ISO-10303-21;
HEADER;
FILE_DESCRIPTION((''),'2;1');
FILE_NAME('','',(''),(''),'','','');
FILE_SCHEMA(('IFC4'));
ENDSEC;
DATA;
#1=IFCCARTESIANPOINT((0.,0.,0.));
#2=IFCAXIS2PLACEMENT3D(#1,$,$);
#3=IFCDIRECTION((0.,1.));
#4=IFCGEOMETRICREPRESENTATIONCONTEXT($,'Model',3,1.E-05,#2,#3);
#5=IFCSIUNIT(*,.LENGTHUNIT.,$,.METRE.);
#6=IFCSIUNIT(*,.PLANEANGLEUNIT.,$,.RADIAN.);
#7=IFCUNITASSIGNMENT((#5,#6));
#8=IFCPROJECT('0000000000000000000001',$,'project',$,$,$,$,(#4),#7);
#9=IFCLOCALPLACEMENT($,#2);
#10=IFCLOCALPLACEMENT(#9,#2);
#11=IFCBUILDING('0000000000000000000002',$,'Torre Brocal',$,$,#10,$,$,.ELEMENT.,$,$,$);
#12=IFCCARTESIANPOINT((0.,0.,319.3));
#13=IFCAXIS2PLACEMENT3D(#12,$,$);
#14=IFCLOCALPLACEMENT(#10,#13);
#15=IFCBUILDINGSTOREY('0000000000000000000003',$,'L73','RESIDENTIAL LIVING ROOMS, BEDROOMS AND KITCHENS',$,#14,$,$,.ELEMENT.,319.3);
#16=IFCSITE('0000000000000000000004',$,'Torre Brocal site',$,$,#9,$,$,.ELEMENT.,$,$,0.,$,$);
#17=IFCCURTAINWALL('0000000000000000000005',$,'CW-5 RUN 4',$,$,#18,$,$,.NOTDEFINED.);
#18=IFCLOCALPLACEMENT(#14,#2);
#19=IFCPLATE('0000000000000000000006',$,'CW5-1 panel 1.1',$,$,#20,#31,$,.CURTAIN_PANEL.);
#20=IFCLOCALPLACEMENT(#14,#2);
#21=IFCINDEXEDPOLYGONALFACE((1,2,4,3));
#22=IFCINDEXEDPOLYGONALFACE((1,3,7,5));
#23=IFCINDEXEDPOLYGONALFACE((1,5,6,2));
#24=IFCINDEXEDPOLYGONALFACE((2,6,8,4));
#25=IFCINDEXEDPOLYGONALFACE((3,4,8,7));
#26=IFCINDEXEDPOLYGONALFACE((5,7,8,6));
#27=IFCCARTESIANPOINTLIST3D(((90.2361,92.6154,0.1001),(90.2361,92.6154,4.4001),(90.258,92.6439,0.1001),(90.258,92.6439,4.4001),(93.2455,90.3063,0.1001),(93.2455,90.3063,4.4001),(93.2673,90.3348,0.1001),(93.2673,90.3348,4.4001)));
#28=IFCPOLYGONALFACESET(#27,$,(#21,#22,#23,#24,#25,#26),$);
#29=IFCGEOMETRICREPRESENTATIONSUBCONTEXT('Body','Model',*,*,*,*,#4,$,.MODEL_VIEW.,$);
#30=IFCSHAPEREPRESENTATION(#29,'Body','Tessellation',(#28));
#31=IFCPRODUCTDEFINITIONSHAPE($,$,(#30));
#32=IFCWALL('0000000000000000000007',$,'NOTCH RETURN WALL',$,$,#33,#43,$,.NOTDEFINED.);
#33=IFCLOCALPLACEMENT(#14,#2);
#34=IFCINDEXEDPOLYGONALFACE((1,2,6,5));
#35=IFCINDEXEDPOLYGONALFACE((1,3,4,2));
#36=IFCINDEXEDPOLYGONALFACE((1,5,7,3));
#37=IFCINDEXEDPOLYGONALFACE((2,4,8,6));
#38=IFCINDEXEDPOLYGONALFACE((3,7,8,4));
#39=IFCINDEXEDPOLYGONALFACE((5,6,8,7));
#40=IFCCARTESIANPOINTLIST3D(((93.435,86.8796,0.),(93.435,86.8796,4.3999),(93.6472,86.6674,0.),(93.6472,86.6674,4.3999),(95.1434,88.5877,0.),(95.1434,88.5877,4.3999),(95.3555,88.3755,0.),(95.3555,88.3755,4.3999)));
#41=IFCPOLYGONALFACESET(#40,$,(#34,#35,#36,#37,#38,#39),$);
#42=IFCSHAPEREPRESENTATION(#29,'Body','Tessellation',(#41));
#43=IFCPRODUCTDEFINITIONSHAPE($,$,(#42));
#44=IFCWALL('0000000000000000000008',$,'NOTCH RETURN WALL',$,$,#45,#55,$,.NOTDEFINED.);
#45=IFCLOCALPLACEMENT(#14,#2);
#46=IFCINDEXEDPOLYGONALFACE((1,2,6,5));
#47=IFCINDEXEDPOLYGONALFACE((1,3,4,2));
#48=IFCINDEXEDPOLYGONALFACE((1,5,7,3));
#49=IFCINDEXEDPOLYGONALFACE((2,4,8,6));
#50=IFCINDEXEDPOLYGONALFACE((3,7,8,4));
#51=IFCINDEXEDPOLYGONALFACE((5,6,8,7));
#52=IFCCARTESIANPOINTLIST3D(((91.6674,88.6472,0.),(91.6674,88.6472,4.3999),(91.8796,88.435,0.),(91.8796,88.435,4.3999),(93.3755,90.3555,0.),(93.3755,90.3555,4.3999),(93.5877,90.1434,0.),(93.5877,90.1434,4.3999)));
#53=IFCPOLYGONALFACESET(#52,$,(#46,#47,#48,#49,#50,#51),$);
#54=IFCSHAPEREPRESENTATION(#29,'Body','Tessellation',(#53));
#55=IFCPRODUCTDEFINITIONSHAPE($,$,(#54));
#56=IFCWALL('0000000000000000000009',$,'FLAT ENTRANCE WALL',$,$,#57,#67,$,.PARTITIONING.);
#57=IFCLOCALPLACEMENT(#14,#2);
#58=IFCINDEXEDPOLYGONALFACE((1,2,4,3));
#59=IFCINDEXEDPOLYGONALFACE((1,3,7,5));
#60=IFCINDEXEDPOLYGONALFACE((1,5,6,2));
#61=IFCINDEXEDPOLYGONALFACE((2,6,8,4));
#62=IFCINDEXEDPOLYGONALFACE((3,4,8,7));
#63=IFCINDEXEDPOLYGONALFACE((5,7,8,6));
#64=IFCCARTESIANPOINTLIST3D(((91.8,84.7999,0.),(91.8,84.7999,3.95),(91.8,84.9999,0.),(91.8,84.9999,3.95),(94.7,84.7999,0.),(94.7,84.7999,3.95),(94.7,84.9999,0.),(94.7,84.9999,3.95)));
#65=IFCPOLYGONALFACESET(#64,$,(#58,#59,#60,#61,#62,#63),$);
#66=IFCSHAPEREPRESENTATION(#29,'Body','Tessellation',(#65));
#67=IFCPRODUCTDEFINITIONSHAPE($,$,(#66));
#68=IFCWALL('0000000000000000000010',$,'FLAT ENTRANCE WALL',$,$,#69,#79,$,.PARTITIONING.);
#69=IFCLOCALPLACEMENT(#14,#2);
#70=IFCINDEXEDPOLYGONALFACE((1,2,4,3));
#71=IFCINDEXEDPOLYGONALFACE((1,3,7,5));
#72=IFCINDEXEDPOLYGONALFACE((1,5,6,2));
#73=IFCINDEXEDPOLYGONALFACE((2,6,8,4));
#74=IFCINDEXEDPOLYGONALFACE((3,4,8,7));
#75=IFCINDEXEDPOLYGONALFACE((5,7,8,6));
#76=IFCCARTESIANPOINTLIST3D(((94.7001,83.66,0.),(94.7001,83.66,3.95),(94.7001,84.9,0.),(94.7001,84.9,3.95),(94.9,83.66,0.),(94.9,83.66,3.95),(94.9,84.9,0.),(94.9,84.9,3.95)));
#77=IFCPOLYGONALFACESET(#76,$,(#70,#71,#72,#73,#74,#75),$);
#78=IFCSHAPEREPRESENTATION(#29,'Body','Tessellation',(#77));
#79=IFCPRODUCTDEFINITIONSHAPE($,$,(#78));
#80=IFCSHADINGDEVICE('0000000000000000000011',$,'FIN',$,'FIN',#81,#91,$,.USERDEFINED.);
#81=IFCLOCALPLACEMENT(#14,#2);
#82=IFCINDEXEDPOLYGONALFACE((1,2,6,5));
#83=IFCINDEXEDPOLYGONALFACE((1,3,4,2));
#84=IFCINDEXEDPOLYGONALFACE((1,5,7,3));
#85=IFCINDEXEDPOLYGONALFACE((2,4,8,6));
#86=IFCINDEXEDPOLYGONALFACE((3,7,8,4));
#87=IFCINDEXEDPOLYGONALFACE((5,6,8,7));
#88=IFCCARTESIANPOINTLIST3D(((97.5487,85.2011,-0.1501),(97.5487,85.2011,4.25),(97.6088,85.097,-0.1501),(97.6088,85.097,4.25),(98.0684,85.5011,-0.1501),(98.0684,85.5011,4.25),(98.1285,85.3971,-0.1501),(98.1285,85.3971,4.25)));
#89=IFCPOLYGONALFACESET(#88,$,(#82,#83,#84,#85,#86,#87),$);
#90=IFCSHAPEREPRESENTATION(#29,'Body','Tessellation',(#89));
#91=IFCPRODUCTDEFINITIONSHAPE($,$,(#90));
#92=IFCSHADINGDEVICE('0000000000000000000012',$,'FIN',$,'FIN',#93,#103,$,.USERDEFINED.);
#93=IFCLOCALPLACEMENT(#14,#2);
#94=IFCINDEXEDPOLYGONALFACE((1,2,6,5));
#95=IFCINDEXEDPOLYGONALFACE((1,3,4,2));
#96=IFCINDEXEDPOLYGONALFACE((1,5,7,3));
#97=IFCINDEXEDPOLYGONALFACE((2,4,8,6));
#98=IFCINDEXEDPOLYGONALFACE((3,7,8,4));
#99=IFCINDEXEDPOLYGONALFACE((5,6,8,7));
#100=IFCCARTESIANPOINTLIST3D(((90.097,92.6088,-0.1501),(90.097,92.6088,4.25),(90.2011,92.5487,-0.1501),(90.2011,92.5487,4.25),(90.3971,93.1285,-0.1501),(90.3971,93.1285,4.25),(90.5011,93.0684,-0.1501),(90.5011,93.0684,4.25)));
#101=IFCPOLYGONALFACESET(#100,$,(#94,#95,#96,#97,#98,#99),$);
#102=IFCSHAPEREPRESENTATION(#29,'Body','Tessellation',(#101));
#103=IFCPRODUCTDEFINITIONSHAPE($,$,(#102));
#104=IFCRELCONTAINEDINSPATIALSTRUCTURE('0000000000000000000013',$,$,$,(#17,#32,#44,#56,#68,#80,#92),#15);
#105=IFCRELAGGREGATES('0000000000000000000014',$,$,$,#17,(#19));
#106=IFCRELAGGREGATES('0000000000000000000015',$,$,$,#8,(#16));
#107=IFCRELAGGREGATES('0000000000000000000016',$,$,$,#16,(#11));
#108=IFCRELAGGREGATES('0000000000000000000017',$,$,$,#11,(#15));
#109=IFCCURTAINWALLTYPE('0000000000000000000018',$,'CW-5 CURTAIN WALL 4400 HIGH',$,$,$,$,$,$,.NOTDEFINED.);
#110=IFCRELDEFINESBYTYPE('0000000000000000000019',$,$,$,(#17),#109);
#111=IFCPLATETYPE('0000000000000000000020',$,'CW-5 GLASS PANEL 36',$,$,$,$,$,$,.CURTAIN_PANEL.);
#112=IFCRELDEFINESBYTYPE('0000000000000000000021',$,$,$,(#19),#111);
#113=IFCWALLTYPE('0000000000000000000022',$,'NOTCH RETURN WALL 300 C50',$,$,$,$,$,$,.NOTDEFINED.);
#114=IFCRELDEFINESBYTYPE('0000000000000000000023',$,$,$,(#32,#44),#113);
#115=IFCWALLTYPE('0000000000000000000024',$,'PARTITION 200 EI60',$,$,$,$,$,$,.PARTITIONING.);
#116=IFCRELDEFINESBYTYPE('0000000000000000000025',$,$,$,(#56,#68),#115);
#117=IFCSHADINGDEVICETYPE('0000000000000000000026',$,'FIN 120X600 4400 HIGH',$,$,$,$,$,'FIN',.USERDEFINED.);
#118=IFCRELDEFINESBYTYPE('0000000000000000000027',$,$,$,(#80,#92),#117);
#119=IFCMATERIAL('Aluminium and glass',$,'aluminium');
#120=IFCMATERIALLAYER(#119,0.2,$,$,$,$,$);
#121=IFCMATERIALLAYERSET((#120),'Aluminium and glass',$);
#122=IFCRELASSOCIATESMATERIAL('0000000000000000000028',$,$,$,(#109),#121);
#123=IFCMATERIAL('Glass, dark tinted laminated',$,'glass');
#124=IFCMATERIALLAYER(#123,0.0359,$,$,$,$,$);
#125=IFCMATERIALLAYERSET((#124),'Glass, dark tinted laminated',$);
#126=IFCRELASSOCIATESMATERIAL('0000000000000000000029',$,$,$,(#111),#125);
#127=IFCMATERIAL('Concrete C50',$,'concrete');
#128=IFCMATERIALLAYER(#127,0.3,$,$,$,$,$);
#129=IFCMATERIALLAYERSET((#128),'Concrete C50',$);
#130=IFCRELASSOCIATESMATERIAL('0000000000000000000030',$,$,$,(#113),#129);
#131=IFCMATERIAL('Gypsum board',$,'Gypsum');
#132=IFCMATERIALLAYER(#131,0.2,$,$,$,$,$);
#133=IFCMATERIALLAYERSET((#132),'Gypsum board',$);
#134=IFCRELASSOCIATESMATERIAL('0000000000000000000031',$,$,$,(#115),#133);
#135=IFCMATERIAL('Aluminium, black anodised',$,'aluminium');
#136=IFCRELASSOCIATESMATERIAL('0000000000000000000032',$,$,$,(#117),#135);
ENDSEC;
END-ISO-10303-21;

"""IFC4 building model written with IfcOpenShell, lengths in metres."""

from ifc_helpers import new_model, si_unit, direction, frame, frame_2d, origin, origin_2d, place, context, subcontext, project, spatial, rectangle, extrude, material, layer, layer_set, material_profile, profile_set, type_object, element, aggregate, save


model = new_model("IFC4")

# Units and contexts
model_context = context("Model", 3, precision=1e-05, world=origin(), true_north=direction((0.0, 1.0)))
body_context = subcontext(model_context, "Body", "Model", "MODEL_VIEW")
ifc_project = project(units=[si_unit("LENGTHUNIT", "METRE"), si_unit("PLANEANGLEUNIT", "RADIAN")], contexts=[model_context])

# Site, building, storey
site_placement = place(None, origin())
site = spatial("IfcSite", under=ifc_project, at=site_placement, Name="Torre Brocal site", CompositionType="ELEMENT", RefElevation=0.0)
building_placement = place(site_placement, origin())
building = spatial("IfcBuilding", under=site, at=building_placement, Name="Torre Brocal", CompositionType="ELEMENT")
storey_placement = place(building_placement, frame((0.0, 0.0, 319.3)))
storey = spatial("IfcBuildingStorey", under=building, at=storey_placement, Name="L73", Description="RESIDENTIAL LIVING ROOMS, BEDROOMS AND KITCHENS", CompositionType="ELEMENT", Elevation=319.3)

# Shared definitions
ifc_material_1 = material(Name="Aluminium and glass", Category="aluminium")
ifc_layer_1 = layer(ifc_material_1, 0.2)
ifc_layer_set_1 = layer_set([ifc_layer_1], Name="Aluminium and glass")
curtain_wall_type = type_object("IfcCurtainWallType", Name="CW-5 CURTAIN WALL 4400 HIGH", PredefinedType="NOTDEFINED", material=ifc_layer_set_1)

# Curtain wall
curtain_wall_1_placement = place(storey_placement, origin())
curtain_wall_1 = element("IfcCurtainWall", 1, at=curtain_wall_1_placement, inside=storey, type_object=curtain_wall_type, Name="CW-5 RUN 4", PredefinedType="NOTDEFINED")

# Plate
ifc_material_2 = material(Name="Glass, dark tinted laminated", Category="glass")
ifc_layer_2 = layer(ifc_material_2, 0.0359)
ifc_layer_set_2 = layer_set([ifc_layer_2], Name="Glass, dark tinted laminated")
plate_type = type_object("IfcPlateType", Name="CW-5 GLASS PANEL 36", PredefinedType="CURTAIN_PANEL", material=ifc_layer_set_2)
plate_1_placement = place(storey_placement, frame((91.7517, 91.4751, 0.1001), z_axis=(0.0, 0.0, 1.0), x_axis=(-0.793353, 0.608761, 0.0)))
plate_1 = element("IfcPlate", 2, at=plate_1_placement, type_object=plate_type, Name="CW5-1 panel 1.1", PredefinedType="CURTAIN_PANEL", context=body_context, shape_type="SweptSolid", body=[
    extrude(rectangle(XDim=3.7932, YDim=0.0359, at=origin_2d()), origin(), (0.0, 0.0, 1.0), 4.3),
])
aggregate(curtain_wall_1, [plate_1])

# Walls
ifc_material_3 = material(Name="Concrete C50", Category="concrete")
ifc_layer_3 = layer(ifc_material_3, 0.3)
ifc_layer_set_3 = layer_set([ifc_layer_3], Name="Concrete C50")
wall_type_1 = type_object("IfcWallType", Name="NOTCH RETURN WALL 300 C50", PredefinedType="NOTDEFINED", material=ifc_layer_set_3)
for number, where, z_axis, x_axis, name in (
    (3, (93.541, 86.7734, 0.0), (0.0, 0.0, 1.0), (0.707157, 0.707056, 0.0), "NOTCH RETURN WALL"),
    (4, (91.7734, 88.541, 0.0), (0.0, 0.0, 1.0), (0.707056, 0.707157, 0.0), "NOTCH RETURN WALL"),
):
    element("IfcWall", number, at=place(storey_placement, frame(where, z_axis=z_axis, x_axis=x_axis)), inside=storey, type_object=wall_type_1, Name=name, PredefinedType="NOTDEFINED", context=body_context, shape_type="SweptSolid", body=[
        extrude(rectangle(XDim=2.4158, YDim=0.3, at=frame_2d((1.208, 0.0))), origin(), (0.0, 0.0, 1.0), 4.3999),
    ])
ifc_material_4 = material(Name="Gypsum board", Category="Gypsum")
ifc_layer_4 = layer(ifc_material_4, 0.2)
ifc_layer_set_4 = layer_set([ifc_layer_4], Name="Gypsum board")
wall_type_2 = type_object("IfcWallType", Name="PARTITION 200 EI60", PredefinedType="PARTITIONING", material=ifc_layer_set_4)
wall_1_placement = place(storey_placement, frame((91.8, 84.8999, 0.0), z_axis=(0.0, 0.0, 1.0), x_axis=(1.0, 0.0, 0.0)))
element("IfcWall", 5, at=wall_1_placement, inside=storey, type_object=wall_type_2, Name="FLAT ENTRANCE WALL", PredefinedType="PARTITIONING", context=body_context, shape_type="SweptSolid", body=[
    extrude(rectangle(XDim=2.8999, YDim=0.2, at=frame_2d((1.45, 0.0))), origin(), (0.0, 0.0, 1.0), 3.95),
])
wall_2_placement = place(storey_placement, frame((94.8, 83.6599, 0.0), z_axis=(0.0, 0.0, 1.0), x_axis=(0.0, 1.0, 0.0)))
element("IfcWall", 6, at=wall_2_placement, inside=storey, type_object=wall_type_2, Name="FLAT ENTRANCE WALL", PredefinedType="PARTITIONING", context=body_context, shape_type="SweptSolid", body=[
    extrude(rectangle(XDim=1.24, YDim=0.2, at=frame_2d((0.6201, 0.0))), origin(), (0.0, 0.0, 1.0), 3.95),
])

# Shading devices
ifc_material_5 = material(Name="Aluminium, black anodised", Category="aluminium")
ifc_material_profile_1 = material_profile(ifc_material_5, rectangle(XDim=0.1201, YDim=0.6001, at=origin_2d()), Name="FIN 120X600 4400 HIGH")
ifc_profile_set_1 = profile_set([ifc_material_profile_1], Name="Aluminium, black anodised")
shading_device_type = type_object("IfcShadingDeviceType", Name="FIN 120X600 4400 HIGH", ElementType="FIN", PredefinedType="USERDEFINED", material=ifc_profile_set_1)
for number, where, z_axis, x_axis, name in (
    (7, (97.8386, 85.2991, -0.1501), (0.0, 0.0, 1.0), (-0.5, 0.866025, 0.0), "FIN"),
    (8, (90.2991, 92.8386, -0.1501), (0.0, 0.0, 1.0), (-0.866025, 0.5, 0.0), "FIN"),
):
    element("IfcShadingDevice", number, at=place(storey_placement, frame(where, z_axis=z_axis, x_axis=x_axis)), inside=storey, type_object=shading_device_type, Name=name, ObjectType="FIN", PredefinedType="USERDEFINED", context=body_context, shape_type="SweptSolid", body=[
        extrude(rectangle(XDim=0.1201, YDim=0.6001, at=origin_2d()), origin(), (0.0, 0.0, 1.0), 4.4001),
    ])

save(model, "model.ifc")
